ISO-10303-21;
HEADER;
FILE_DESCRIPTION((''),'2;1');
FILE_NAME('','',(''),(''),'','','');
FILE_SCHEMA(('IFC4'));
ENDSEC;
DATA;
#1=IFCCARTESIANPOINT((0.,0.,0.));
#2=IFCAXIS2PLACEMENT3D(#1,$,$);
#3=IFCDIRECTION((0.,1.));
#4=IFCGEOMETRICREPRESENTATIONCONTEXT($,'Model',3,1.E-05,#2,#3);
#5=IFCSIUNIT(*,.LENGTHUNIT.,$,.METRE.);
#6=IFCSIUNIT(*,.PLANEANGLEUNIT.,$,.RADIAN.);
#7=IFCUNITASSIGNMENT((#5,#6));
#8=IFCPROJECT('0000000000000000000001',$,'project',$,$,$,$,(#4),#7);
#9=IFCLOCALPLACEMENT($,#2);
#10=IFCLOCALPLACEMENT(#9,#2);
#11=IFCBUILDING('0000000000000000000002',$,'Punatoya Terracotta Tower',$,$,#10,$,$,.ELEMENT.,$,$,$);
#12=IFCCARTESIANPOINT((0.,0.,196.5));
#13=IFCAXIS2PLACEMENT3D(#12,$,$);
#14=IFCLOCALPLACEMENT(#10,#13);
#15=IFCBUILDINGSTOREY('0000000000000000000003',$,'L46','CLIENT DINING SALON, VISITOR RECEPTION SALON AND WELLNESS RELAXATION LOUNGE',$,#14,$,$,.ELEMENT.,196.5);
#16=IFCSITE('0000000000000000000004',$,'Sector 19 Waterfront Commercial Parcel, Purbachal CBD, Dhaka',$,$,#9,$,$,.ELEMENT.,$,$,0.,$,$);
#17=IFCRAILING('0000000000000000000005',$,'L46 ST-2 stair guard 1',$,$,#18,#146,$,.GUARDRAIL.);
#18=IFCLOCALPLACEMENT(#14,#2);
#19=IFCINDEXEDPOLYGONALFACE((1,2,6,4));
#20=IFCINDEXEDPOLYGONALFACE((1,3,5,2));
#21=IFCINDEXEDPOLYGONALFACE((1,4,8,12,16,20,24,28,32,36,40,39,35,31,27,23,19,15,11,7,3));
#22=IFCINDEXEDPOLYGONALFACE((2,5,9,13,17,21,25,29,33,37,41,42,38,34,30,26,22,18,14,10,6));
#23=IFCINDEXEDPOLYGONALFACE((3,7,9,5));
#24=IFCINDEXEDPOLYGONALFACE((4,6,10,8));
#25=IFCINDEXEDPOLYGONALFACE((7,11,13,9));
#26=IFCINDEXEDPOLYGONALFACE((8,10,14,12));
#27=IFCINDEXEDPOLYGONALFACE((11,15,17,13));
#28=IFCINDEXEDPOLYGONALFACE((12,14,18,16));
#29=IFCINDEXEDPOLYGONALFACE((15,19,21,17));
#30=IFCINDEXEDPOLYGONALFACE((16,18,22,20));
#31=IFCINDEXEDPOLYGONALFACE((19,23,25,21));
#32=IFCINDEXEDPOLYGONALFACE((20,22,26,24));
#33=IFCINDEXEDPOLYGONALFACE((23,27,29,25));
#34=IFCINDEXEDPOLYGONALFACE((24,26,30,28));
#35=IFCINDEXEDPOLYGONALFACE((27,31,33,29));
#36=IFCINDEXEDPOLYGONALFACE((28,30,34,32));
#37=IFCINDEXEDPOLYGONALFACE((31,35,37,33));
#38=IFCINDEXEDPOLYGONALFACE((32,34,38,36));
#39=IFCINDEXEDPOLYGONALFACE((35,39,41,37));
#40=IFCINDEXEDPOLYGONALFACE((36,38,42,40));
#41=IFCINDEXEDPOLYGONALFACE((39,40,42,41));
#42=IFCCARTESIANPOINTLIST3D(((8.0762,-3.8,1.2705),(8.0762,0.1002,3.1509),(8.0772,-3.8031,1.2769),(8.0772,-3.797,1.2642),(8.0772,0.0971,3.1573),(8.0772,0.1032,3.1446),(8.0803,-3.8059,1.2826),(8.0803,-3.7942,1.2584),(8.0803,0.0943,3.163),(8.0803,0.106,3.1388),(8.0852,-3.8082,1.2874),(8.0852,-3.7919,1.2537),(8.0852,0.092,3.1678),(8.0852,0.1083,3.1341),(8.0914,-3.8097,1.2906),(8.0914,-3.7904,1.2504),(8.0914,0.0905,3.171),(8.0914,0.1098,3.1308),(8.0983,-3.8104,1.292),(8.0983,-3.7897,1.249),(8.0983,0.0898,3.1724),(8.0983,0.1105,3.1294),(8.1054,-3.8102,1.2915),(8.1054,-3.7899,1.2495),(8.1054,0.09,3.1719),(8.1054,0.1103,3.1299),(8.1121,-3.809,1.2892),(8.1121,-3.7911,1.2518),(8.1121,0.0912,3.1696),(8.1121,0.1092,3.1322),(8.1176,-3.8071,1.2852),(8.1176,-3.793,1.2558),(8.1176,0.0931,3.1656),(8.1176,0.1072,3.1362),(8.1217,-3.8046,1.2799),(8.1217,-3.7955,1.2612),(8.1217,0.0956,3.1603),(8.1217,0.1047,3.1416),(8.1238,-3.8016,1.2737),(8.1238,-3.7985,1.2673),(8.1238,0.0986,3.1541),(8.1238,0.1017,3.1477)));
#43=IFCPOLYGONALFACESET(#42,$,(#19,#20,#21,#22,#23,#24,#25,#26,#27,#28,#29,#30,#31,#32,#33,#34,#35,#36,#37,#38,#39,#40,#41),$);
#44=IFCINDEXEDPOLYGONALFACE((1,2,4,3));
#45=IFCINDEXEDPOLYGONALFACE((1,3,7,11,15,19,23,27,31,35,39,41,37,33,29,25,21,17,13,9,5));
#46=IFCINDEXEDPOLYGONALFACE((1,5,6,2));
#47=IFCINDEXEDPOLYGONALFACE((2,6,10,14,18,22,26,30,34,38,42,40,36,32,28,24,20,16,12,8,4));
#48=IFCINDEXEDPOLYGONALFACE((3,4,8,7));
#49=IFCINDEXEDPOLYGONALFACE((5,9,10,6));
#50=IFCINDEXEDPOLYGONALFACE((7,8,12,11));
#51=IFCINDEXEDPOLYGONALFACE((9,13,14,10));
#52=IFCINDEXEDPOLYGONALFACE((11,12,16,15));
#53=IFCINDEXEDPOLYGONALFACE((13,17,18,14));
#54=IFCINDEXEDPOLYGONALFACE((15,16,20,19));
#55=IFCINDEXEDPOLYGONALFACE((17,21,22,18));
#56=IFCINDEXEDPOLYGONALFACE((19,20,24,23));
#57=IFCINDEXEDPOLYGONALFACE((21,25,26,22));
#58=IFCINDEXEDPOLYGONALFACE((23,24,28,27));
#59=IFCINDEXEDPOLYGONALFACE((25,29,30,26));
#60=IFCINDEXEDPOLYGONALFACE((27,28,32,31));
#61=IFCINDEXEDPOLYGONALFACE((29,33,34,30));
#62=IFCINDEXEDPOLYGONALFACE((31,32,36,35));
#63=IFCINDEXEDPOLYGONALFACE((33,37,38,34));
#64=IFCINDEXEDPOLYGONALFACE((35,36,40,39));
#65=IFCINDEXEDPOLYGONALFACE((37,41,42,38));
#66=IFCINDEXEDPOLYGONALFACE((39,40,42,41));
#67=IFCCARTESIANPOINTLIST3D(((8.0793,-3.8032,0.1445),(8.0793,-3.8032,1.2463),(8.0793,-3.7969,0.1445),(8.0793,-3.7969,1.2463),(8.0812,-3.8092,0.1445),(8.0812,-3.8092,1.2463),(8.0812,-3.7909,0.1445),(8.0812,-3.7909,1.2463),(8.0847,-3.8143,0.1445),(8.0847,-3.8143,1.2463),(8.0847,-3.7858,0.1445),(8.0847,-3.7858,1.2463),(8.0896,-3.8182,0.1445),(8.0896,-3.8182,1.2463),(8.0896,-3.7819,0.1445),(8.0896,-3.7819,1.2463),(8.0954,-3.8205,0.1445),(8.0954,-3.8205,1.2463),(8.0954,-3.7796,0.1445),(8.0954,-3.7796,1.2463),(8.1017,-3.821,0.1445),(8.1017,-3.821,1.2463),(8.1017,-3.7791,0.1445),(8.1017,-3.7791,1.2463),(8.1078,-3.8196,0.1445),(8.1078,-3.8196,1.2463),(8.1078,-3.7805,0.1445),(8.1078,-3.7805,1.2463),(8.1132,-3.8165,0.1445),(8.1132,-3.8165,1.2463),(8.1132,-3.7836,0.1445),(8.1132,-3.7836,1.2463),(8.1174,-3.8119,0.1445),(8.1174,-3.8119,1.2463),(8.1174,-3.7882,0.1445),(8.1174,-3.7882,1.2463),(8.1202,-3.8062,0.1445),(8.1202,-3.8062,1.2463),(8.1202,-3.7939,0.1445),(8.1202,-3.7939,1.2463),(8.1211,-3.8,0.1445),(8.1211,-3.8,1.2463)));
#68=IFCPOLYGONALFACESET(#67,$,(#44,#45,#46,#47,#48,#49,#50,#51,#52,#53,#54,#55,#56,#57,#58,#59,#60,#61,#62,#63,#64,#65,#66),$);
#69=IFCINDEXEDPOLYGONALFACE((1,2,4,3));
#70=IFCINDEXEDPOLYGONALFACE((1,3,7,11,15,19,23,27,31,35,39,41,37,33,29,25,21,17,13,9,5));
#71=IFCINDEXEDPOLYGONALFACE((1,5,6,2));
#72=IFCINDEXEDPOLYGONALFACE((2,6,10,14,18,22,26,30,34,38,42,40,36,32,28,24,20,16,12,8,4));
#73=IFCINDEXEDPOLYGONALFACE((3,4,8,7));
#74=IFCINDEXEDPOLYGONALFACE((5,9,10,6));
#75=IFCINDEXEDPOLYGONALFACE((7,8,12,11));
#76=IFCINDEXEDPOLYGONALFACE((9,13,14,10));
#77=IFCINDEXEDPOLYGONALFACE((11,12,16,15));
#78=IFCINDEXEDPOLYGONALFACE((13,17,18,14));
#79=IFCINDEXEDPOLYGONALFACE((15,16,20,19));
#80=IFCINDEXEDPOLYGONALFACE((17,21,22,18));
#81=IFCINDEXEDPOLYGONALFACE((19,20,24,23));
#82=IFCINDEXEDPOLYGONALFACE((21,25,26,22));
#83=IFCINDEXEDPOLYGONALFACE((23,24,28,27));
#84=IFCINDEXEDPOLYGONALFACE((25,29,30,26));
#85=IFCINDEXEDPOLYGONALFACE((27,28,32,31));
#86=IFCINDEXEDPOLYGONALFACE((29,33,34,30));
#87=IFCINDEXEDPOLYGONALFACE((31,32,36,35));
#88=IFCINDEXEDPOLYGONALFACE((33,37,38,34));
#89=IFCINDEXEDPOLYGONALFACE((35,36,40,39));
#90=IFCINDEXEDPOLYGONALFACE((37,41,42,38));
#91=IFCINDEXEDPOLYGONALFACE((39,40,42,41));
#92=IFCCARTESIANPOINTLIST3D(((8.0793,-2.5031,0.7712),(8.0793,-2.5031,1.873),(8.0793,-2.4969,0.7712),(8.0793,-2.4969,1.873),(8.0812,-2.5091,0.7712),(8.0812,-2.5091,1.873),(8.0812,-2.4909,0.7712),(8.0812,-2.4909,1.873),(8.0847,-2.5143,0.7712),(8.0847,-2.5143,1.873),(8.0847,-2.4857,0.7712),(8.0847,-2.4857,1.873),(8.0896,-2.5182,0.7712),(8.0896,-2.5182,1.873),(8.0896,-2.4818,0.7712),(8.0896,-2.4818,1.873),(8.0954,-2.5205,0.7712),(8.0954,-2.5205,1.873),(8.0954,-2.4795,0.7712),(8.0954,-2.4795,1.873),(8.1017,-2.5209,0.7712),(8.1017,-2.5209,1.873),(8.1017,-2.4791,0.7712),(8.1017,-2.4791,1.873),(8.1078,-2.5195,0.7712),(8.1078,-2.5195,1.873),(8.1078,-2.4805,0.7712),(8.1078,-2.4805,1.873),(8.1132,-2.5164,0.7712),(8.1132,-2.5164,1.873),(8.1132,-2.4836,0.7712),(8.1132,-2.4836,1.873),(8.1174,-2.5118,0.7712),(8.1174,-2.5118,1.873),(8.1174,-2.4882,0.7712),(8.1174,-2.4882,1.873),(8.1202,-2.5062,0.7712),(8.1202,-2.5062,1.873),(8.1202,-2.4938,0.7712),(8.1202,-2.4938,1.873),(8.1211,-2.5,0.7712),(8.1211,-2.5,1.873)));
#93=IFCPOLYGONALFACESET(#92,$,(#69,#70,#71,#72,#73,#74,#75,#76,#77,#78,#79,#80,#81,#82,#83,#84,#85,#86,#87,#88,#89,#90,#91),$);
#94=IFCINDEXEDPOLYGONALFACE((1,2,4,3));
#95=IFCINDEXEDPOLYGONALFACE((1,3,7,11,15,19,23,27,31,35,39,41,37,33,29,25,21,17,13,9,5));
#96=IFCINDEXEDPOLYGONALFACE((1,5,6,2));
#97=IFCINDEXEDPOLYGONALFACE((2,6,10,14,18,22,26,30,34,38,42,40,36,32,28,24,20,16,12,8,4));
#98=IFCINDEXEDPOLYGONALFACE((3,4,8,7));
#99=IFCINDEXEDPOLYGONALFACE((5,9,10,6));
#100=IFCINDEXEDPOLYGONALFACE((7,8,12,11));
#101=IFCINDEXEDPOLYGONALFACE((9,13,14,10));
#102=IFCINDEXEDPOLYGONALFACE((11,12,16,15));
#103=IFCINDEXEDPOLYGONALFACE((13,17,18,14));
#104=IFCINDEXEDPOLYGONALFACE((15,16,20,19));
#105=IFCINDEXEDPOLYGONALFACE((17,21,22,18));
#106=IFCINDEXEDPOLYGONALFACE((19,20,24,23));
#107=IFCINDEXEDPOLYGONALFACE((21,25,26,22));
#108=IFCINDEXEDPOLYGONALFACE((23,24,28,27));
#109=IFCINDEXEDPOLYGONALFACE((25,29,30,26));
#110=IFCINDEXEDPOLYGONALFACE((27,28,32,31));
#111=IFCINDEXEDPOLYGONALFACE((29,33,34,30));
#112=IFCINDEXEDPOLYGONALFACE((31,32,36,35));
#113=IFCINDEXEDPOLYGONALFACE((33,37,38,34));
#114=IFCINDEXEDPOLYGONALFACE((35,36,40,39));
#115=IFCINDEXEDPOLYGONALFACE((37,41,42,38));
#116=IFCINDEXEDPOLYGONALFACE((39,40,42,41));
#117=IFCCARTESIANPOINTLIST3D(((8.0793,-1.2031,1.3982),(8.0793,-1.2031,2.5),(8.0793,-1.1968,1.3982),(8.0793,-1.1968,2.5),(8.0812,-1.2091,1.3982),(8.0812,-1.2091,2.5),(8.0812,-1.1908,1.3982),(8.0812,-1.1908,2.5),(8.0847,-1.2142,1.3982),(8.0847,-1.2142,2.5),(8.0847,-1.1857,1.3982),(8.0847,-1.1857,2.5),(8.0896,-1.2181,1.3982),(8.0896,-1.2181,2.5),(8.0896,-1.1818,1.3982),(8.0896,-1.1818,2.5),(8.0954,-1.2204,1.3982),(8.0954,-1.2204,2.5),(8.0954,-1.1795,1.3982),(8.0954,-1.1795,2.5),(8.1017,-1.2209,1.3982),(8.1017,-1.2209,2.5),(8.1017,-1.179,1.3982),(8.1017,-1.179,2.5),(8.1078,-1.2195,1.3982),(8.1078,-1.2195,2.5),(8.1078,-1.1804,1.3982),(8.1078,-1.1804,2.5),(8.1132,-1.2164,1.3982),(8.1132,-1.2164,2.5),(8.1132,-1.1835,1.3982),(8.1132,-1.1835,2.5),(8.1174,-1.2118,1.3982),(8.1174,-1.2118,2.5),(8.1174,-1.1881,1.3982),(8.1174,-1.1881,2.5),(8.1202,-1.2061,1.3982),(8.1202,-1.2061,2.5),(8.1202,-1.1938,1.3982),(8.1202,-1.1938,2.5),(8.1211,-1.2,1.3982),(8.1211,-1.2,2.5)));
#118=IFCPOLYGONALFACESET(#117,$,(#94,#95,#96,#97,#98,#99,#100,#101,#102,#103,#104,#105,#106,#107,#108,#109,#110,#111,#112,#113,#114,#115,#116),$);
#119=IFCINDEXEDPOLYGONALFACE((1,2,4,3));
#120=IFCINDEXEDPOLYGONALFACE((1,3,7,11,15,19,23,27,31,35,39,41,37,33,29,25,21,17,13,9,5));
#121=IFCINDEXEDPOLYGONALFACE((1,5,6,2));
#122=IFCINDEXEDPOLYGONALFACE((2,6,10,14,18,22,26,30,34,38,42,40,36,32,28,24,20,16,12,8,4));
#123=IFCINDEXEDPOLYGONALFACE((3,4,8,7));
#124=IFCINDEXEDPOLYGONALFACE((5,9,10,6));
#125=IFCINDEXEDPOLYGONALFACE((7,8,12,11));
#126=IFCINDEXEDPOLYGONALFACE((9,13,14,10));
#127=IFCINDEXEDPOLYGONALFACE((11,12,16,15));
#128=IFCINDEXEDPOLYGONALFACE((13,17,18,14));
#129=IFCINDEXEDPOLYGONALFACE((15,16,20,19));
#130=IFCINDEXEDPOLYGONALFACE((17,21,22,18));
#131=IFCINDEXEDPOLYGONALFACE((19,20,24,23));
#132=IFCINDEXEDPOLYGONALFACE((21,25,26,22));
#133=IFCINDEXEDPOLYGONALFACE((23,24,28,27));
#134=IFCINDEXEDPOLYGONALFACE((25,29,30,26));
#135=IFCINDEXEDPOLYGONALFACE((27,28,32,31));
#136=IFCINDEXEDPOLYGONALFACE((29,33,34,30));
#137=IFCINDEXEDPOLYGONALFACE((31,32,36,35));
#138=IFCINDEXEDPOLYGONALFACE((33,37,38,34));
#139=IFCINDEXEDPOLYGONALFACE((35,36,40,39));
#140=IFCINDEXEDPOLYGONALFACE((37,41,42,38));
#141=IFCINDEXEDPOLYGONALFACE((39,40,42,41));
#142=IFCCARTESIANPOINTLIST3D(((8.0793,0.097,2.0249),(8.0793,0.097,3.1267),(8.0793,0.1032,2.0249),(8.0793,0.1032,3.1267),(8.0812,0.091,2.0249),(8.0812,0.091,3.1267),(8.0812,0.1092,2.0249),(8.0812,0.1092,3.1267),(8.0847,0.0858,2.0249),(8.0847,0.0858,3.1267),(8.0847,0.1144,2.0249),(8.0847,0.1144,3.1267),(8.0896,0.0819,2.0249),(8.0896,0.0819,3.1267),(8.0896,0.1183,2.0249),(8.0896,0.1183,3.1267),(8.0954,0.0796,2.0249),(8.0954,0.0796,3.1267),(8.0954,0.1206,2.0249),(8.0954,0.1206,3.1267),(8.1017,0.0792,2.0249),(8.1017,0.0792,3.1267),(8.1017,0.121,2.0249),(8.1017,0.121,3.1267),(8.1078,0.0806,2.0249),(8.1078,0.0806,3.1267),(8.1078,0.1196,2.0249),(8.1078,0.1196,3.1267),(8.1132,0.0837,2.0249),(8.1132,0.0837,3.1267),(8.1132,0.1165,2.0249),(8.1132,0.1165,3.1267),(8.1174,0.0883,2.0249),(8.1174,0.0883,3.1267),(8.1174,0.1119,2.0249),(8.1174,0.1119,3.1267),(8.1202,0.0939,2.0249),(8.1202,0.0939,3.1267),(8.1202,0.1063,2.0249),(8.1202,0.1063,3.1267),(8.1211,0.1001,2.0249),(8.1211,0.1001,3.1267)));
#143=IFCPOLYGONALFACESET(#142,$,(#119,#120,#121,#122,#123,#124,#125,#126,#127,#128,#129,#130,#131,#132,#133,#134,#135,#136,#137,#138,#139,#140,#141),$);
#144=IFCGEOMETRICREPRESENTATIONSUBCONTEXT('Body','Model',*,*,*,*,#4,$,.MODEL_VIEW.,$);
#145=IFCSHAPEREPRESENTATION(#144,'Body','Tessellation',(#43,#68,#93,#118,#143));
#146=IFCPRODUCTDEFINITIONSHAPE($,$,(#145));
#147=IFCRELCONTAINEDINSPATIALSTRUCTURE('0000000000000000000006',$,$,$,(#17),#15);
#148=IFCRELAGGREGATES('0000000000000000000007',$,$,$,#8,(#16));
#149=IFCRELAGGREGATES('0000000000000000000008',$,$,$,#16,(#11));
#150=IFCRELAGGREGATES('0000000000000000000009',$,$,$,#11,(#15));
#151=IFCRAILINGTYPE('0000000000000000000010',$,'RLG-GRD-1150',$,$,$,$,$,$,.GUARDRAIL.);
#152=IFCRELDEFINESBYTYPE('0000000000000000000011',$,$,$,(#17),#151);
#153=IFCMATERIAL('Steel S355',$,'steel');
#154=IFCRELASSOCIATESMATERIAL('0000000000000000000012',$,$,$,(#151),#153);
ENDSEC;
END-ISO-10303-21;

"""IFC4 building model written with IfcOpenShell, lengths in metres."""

from ifc_helpers import new_model, si_unit, direction, frame, origin, origin_2d, place, context, subcontext, project, spatial, circle, extrude, material, type_object, element, save


model = new_model("IFC4")

# Units and contexts
model_context = context("Model", 3, precision=1e-05, world=origin(), true_north=direction((0.0, 1.0)))
body_context = subcontext(model_context, "Body", "Model", "MODEL_VIEW")
ifc_project = project(units=[si_unit("LENGTHUNIT", "METRE"), si_unit("PLANEANGLEUNIT", "RADIAN")], contexts=[model_context])

# Site, building, storey
site_placement = place(None, origin())
site = spatial("IfcSite", under=ifc_project, at=site_placement, Name="Sector 19 Waterfront Commercial Parcel, Purbachal CBD, Dhaka", CompositionType="ELEMENT", RefElevation=0.0)
building_placement = place(site_placement, origin())
building = spatial("IfcBuilding", under=site, at=building_placement, Name="Punatoya Terracotta Tower", CompositionType="ELEMENT")
storey_placement = place(building_placement, frame((0.0, 0.0, 196.5)))
storey = spatial("IfcBuildingStorey", under=building, at=storey_placement, Name="L46", Description="CLIENT DINING SALON, VISITOR RECEPTION SALON AND WELLNESS RELAXATION LOUNGE", CompositionType="ELEMENT", Elevation=196.5)

# Shared definitions
ifc_material_1 = material(Name="Steel S355", Category="steel")

# Railing
railing_type_1 = type_object("IfcRailingType", Name="RLG-GRD-1150", PredefinedType="GUARDRAIL", material=ifc_material_1)
railing_1_placement = place(storey_placement, frame((8.1001, -3.8, 0.1445)))
element("IfcRailing", 1, at=railing_1_placement, inside=storey, type_object=railing_type_1, Name="L46 ST-2 stair guard 1", PredefinedType="GUARDRAIL", context=body_context, shape_type="SweptSolid", body=[
    extrude(circle(Radius=0.0239, at=origin_2d()), frame((0.0, 0.0, 1.126), z_axis=(0.0, 0.900774, 0.434289), x_axis=(-1.0, 0.0, 0.0)), (0.0, 0.0, 1.0), 4.3298),
    extrude(circle(Radius=0.021, at=origin_2d()), origin(), (0.0, 0.0, 1.0), 1.1018),
    extrude(circle(Radius=0.021, at=origin_2d()), frame((0.0, 1.3, 0.6267)), (0.0, 0.0, 1.0), 1.1018),
    extrude(circle(Radius=0.021, at=origin_2d()), frame((0.0, 2.6001, 1.2537)), (0.0, 0.0, 1.0), 1.1018),
    extrude(circle(Radius=0.021, at=origin_2d()), frame((0.0, 3.9001, 1.8804)), (0.0, 0.0, 1.0), 1.1018),
])

save(model, "model.ifc")
